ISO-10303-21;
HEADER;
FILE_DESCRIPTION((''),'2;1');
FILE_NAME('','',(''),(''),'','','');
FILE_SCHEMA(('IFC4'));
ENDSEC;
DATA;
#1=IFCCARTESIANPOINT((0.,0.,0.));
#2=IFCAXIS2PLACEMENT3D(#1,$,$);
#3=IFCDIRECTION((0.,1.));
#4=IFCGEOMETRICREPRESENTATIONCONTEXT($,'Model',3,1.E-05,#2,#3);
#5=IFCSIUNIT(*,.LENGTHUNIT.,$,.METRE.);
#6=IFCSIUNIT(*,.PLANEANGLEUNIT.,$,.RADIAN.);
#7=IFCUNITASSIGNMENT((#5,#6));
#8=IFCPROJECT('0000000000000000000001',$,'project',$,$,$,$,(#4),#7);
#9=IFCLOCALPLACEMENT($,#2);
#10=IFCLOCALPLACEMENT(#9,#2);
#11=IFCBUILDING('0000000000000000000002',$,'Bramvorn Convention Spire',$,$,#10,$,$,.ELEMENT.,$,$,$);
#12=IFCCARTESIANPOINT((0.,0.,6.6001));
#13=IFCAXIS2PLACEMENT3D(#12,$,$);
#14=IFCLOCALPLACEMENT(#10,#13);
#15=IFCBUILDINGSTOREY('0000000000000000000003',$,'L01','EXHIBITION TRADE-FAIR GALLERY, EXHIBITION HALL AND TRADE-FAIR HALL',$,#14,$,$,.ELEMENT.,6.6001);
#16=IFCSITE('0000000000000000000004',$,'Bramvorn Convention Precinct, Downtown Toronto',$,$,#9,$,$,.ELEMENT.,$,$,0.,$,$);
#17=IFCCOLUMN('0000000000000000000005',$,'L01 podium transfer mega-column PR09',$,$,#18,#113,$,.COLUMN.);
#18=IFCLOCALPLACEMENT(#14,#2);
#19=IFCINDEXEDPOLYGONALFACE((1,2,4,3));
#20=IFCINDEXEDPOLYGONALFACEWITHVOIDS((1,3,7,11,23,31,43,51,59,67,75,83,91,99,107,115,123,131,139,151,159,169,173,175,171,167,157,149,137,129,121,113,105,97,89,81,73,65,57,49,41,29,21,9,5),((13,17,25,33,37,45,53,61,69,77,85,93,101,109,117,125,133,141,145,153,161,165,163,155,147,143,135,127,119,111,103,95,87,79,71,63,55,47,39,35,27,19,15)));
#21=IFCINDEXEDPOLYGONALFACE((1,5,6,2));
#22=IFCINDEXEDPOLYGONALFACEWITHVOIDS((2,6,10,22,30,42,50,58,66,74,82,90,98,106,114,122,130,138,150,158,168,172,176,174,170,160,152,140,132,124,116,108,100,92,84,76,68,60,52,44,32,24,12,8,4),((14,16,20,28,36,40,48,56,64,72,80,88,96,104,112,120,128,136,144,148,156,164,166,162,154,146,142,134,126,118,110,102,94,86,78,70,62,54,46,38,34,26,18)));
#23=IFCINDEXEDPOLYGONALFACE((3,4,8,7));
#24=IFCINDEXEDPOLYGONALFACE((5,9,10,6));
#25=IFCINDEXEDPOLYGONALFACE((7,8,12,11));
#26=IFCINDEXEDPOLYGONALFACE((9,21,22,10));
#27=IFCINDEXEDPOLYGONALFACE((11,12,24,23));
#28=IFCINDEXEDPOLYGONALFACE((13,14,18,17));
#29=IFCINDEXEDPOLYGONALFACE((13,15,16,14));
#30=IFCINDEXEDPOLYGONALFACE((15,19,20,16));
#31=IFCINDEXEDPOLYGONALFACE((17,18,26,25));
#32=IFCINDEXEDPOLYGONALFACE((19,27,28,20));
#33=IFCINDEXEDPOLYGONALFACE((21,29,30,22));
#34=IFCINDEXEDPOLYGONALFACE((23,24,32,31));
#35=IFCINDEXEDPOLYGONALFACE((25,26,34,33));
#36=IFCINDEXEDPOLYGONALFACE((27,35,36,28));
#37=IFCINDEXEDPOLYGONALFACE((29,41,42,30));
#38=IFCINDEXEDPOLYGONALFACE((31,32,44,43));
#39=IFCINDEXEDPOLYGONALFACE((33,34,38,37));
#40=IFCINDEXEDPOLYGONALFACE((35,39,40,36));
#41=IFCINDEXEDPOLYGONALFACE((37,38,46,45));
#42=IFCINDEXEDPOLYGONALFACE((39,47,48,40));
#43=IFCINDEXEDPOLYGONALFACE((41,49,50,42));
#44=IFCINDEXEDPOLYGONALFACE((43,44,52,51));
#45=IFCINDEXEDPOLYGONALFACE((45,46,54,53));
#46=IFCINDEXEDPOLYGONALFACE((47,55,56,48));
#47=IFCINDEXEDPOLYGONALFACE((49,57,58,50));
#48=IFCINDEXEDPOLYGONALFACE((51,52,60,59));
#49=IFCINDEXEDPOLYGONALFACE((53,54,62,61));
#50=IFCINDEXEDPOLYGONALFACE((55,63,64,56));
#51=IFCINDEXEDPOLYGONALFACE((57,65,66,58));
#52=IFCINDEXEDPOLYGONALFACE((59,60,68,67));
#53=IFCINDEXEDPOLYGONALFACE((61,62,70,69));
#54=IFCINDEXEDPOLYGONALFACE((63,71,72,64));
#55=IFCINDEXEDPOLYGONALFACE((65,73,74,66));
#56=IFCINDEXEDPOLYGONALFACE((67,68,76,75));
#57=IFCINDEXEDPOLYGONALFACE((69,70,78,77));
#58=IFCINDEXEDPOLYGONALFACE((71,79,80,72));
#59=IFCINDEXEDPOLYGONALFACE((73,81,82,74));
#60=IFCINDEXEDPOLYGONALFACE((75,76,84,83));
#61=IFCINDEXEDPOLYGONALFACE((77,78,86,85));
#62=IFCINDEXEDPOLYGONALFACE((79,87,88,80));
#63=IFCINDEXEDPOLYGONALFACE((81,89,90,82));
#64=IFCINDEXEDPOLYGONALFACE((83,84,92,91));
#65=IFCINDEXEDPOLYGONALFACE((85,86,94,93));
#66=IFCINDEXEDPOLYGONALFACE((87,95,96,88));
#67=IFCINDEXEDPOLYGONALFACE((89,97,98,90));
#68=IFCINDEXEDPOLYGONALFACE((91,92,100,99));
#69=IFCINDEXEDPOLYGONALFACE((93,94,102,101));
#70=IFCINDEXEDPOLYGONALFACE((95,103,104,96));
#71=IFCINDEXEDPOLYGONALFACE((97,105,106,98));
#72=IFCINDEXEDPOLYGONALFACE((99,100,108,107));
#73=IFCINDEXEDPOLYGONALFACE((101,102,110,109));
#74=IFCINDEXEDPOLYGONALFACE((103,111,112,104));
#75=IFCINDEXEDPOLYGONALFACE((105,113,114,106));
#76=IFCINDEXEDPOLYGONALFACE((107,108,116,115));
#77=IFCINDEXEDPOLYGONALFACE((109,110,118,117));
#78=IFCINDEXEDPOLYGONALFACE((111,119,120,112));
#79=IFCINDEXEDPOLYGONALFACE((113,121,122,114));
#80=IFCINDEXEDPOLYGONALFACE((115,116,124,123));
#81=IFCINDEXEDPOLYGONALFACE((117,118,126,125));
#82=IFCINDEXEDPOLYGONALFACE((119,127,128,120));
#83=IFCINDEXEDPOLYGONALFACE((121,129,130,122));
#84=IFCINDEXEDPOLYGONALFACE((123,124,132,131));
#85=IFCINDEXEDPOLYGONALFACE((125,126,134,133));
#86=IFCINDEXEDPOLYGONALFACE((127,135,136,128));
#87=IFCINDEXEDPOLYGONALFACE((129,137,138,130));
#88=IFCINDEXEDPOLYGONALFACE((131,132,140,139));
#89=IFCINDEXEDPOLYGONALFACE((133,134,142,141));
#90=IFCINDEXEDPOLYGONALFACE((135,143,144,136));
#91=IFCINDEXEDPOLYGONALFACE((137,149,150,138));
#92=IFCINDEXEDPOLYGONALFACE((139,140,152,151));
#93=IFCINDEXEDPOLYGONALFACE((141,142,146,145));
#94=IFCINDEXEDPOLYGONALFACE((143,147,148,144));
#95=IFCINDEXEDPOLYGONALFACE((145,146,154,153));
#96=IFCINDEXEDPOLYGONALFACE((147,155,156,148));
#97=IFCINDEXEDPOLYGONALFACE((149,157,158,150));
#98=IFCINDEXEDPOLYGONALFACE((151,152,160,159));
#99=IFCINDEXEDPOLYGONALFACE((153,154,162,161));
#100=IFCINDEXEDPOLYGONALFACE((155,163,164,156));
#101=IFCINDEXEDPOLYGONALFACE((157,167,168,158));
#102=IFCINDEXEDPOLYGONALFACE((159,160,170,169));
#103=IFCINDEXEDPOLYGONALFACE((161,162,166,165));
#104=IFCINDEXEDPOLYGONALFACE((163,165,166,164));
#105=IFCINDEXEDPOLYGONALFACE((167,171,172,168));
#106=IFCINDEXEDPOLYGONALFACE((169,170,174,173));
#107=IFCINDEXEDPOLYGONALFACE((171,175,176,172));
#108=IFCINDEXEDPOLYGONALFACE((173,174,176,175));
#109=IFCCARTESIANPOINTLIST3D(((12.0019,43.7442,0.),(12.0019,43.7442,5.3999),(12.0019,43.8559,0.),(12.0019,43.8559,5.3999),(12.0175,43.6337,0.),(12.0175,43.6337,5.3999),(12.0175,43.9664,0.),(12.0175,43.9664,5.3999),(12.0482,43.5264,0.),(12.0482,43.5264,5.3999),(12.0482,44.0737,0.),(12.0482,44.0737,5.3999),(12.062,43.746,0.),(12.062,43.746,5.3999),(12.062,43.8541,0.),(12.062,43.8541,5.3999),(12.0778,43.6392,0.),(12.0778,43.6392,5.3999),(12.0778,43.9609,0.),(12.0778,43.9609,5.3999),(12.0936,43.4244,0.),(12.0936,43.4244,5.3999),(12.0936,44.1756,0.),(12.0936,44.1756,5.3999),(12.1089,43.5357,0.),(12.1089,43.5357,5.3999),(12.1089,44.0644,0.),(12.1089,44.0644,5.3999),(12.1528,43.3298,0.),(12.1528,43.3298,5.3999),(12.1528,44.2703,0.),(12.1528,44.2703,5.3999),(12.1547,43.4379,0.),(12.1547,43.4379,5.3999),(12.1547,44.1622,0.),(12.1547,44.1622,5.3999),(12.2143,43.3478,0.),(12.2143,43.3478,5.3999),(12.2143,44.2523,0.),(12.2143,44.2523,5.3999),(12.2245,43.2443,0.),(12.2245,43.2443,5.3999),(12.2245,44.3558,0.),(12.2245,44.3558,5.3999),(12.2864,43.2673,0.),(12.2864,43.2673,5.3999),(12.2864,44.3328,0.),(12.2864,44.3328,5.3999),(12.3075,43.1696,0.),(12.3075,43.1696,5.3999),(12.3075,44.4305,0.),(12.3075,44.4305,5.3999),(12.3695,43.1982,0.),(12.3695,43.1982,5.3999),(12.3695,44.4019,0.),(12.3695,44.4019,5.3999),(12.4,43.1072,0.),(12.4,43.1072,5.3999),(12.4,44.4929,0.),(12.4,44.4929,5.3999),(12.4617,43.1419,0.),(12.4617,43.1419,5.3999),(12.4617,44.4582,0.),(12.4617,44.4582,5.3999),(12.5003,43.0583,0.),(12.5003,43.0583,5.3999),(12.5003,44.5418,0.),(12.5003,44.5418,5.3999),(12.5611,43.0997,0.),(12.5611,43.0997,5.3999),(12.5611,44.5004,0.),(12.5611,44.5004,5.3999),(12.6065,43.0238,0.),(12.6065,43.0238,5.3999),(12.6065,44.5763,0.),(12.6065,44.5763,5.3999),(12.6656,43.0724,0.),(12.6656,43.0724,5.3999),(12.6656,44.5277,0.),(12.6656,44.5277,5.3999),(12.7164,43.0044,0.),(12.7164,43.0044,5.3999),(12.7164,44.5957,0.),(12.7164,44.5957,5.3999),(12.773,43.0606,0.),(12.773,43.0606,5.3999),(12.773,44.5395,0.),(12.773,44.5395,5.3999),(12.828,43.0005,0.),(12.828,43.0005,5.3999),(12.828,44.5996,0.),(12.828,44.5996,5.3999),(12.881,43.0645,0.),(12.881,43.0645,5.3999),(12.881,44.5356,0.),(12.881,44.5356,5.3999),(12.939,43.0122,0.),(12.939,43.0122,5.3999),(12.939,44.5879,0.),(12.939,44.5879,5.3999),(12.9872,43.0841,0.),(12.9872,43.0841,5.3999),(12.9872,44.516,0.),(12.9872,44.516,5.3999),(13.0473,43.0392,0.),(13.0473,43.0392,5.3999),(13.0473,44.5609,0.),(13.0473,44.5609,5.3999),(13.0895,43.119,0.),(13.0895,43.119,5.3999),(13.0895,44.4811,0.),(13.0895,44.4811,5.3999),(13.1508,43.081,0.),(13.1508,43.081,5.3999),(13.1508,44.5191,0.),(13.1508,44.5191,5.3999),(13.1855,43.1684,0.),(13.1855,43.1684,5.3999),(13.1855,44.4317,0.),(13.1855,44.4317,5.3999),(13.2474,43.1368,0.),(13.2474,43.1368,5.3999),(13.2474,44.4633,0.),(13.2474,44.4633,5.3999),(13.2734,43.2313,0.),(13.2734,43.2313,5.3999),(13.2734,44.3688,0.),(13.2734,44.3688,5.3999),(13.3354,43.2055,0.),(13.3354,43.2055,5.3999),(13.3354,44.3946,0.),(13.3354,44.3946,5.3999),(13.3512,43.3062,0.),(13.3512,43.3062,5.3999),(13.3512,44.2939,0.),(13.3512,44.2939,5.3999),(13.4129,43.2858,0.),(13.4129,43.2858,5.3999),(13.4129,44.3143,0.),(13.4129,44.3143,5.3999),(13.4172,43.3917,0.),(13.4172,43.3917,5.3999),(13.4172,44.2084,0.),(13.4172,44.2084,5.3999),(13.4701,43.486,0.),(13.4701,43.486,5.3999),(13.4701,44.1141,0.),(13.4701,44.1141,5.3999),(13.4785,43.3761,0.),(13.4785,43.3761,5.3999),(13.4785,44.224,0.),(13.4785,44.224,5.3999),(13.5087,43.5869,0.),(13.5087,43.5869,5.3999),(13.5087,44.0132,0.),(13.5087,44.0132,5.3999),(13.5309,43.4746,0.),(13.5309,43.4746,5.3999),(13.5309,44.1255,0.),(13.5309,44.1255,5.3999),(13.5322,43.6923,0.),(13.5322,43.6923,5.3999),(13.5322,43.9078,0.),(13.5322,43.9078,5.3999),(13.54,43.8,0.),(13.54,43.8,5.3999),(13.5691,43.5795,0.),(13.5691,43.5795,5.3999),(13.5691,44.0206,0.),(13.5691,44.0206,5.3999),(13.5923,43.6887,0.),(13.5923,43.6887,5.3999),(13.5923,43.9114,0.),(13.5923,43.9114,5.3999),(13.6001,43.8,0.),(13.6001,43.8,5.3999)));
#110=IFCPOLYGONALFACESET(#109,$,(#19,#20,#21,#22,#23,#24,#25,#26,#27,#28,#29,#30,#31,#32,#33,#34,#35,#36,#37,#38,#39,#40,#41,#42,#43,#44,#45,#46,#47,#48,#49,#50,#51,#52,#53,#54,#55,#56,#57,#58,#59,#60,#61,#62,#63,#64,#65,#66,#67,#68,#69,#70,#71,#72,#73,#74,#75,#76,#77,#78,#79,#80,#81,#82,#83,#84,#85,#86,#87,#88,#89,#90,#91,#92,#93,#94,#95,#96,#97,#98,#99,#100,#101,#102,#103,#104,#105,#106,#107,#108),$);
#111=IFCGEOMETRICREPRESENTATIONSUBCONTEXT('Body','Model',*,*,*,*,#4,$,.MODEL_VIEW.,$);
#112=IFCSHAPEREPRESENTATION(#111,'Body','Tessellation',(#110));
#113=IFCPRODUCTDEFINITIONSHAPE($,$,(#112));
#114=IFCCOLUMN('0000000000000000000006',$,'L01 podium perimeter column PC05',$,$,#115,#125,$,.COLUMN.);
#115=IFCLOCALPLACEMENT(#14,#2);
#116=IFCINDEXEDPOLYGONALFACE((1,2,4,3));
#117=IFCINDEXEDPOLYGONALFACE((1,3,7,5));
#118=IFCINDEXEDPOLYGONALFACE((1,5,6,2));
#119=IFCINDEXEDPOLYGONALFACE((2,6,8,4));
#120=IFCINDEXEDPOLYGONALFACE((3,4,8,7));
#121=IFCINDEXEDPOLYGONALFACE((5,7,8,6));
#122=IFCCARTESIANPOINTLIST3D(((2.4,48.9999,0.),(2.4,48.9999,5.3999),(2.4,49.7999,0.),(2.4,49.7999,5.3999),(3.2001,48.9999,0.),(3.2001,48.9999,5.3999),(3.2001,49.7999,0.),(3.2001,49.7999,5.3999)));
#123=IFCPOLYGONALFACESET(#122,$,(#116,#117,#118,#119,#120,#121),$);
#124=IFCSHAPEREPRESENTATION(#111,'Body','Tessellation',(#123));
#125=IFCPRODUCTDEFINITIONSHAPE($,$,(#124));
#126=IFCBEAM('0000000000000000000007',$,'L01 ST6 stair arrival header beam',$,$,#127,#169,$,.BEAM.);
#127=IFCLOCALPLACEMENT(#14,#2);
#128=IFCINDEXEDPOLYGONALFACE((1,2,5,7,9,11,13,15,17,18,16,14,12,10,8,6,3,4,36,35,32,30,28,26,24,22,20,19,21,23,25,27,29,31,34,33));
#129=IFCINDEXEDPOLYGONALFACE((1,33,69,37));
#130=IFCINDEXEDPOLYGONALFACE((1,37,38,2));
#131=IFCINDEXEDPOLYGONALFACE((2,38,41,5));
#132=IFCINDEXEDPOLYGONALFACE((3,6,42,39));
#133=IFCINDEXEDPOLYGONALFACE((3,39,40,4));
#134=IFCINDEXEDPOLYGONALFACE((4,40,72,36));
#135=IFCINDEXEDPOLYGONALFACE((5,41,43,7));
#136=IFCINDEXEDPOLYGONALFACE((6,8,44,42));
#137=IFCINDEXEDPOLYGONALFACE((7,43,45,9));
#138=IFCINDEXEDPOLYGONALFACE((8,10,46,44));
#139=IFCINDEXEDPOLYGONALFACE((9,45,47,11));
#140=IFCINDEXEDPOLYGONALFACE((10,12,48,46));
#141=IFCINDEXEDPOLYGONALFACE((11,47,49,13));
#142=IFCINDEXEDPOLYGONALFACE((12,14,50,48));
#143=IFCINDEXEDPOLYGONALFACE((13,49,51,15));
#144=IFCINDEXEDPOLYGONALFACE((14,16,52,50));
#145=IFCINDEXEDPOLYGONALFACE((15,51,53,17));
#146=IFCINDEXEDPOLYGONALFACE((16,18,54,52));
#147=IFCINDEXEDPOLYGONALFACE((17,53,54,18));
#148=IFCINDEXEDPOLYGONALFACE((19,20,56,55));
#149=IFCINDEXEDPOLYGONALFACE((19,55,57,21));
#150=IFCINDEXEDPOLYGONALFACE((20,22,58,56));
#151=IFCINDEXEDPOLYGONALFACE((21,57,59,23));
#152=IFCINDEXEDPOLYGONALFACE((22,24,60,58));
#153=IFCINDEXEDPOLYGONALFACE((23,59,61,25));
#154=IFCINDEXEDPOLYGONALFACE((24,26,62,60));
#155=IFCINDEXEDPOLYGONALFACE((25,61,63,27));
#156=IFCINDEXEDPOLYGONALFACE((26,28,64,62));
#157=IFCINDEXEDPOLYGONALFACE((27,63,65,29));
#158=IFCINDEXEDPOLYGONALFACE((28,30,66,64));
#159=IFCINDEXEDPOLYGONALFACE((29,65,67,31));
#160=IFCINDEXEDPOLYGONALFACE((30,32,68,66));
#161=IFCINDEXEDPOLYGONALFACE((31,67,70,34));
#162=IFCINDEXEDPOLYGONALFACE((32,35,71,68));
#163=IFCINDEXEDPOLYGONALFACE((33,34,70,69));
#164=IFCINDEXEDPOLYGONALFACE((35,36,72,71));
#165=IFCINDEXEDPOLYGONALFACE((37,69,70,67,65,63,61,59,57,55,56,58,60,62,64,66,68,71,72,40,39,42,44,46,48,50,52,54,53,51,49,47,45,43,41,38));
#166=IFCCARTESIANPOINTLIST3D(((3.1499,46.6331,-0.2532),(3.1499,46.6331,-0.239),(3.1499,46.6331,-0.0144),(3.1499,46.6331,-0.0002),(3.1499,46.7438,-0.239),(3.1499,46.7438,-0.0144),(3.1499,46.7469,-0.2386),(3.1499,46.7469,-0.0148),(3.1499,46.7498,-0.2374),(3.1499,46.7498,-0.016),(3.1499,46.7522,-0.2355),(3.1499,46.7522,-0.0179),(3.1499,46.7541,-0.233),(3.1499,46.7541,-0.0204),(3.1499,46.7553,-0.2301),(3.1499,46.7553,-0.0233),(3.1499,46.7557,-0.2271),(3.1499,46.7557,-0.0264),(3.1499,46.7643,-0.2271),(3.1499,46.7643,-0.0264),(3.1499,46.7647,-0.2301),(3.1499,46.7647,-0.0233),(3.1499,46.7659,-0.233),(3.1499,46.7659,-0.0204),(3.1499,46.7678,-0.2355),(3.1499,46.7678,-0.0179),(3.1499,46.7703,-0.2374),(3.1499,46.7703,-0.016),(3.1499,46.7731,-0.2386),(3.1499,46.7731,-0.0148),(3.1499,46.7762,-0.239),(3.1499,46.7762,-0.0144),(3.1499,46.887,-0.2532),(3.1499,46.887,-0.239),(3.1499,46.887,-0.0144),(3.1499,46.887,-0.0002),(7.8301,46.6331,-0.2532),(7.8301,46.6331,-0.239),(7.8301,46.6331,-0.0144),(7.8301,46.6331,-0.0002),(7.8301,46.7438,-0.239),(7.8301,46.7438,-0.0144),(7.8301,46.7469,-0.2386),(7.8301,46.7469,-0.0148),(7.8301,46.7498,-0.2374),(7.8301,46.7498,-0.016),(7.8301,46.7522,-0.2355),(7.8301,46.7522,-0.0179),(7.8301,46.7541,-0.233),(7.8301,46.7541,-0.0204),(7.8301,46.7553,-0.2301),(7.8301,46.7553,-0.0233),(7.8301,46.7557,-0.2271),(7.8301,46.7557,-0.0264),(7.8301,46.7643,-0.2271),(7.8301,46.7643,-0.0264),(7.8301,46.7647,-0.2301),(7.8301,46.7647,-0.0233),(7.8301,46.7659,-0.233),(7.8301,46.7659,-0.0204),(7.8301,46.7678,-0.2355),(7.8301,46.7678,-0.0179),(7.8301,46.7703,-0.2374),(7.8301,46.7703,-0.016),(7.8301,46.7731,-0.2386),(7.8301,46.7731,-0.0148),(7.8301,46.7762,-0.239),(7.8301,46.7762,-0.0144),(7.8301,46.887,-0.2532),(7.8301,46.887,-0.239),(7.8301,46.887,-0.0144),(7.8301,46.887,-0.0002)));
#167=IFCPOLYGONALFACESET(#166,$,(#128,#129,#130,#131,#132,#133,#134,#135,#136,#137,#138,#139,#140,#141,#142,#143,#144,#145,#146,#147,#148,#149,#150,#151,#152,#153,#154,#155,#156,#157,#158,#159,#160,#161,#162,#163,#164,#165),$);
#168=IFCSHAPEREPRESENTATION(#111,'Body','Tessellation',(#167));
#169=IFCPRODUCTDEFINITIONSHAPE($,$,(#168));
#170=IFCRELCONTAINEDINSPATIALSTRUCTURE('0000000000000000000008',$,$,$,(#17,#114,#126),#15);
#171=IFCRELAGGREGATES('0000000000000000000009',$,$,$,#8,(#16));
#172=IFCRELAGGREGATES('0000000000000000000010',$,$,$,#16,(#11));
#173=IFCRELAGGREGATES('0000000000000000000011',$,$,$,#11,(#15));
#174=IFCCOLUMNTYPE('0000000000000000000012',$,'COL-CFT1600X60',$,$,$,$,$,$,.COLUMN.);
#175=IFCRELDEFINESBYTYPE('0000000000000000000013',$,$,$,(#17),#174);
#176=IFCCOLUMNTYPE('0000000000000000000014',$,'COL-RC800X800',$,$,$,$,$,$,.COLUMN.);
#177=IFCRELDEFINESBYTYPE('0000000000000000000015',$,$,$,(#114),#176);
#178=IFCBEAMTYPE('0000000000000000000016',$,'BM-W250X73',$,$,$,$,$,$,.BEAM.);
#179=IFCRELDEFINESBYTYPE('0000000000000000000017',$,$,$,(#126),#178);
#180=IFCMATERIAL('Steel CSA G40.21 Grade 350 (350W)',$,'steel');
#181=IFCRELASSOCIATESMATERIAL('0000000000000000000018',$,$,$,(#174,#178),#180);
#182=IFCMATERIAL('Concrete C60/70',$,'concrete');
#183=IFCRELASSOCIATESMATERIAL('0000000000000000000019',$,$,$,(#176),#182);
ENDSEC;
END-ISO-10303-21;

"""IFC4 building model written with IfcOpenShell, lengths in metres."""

from ifc_helpers import new_model, si_unit, direction, frame, origin, origin_2d, place, context, subcontext, project, spatial, rectangle, hollow_circle, i_section, extrude, material, material_profile, profile_set, type_object, element, save


model = new_model("IFC4")

# Units and contexts
model_context = context("Model", 3, precision=1e-05, world=origin(), true_north=direction((0.0, 1.0)))
body_context = subcontext(model_context, "Body", "Model", "MODEL_VIEW")
ifc_project = project(units=[si_unit("LENGTHUNIT", "METRE"), si_unit("PLANEANGLEUNIT", "RADIAN")], contexts=[model_context])

# Site, building, storey
site_placement = place(None, origin())
site = spatial("IfcSite", under=ifc_project, at=site_placement, Name="Bramvorn Convention Precinct, Downtown Toronto", CompositionType="ELEMENT", RefElevation=0.0)
building_placement = place(site_placement, origin())
building = spatial("IfcBuilding", under=site, at=building_placement, Name="Bramvorn Convention Spire", CompositionType="ELEMENT")
storey_placement = place(building_placement, frame((0.0, 0.0, 6.6001)))
storey = spatial("IfcBuildingStorey", under=building, at=storey_placement, Name="L01", Description="EXHIBITION TRADE-FAIR GALLERY, EXHIBITION HALL AND TRADE-FAIR HALL", CompositionType="ELEMENT", Elevation=6.6001)

# Columns
ifc_material_1 = material(Name="Steel CSA G40.21 Grade 350 (350W)", Category="steel")
ifc_material_profile_1 = material_profile(ifc_material_1, hollow_circle(Radius=0.8, WallThickness=0.0601, at=origin_2d()))
ifc_profile_set_1 = profile_set([ifc_material_profile_1], Name="Steel CSA G40.21 Grade 350 (350W) - CFT1600X60")
column_type_1 = type_object("IfcColumnType", Name="COL-CFT1600X60", PredefinedType="COLUMN", material=ifc_profile_set_1)
column_1_placement = place(storey_placement, frame((12.8, 43.8, 0.0), z_axis=(0.0, 0.0, 1.0), x_axis=(1.0, 0.0, 0.0)))
element("IfcColumn", 1, at=column_1_placement, inside=storey, type_object=column_type_1, Name="L01 podium transfer mega-column PR09", PredefinedType="COLUMN", context=body_context, shape_type="SweptSolid", body=[
    extrude(hollow_circle(Radius=0.8, WallThickness=0.0601, at=origin_2d()), origin(), (0.0, 0.0, 1.0), 5.3999),
])
ifc_material_2 = material(Name="Concrete C60/70", Category="concrete")
ifc_material_profile_2 = material_profile(ifc_material_2, rectangle(XDim=0.8, YDim=0.8, at=origin_2d()))
ifc_profile_set_2 = profile_set([ifc_material_profile_2], Name="Concrete C60/70 - RC800X800")
column_type_2 = type_object("IfcColumnType", Name="COL-RC800X800", PredefinedType="COLUMN", material=ifc_profile_set_2)
column_2_placement = place(storey_placement, frame((2.8, 49.3999, 0.0), z_axis=(0.0, 0.0, 1.0), x_axis=(1.0, 0.0, 0.0)))
element("IfcColumn", 2, at=column_2_placement, inside=storey, type_object=column_type_2, Name="L01 podium perimeter column PC05", PredefinedType="COLUMN", context=body_context, shape_type="SweptSolid", body=[
    extrude(rectangle(XDim=0.8, YDim=0.8, at=origin_2d()), origin(), (0.0, 0.0, 1.0), 5.3999),
])

# Beam
ifc_material_profile_3 = material_profile(ifc_material_1, i_section(OverallWidth=0.2539, OverallDepth=0.2529, WebThickness=0.0085, FlangeThickness=0.0142, FilletRadius=0.012, at=origin_2d()))
ifc_profile_set_3 = profile_set([ifc_material_profile_3], Name="Steel CSA G40.21 Grade 350 (350W) - W250X73")
beam_type_1 = type_object("IfcBeamType", Name="BM-W250X73", PredefinedType="BEAM", material=ifc_profile_set_3)
beam_1_placement = place(storey_placement, frame((3.1499, 46.76, -0.1267), z_axis=(1.0, 0.0, 0.0), x_axis=(0.0, 1.0, 0.0)))
element("IfcBeam", 3, at=beam_1_placement, inside=storey, type_object=beam_type_1, Name="L01 ST6 stair arrival header beam", PredefinedType="BEAM", context=body_context, shape_type="SweptSolid", body=[
    extrude(i_section(OverallWidth=0.2539, OverallDepth=0.2529, WebThickness=0.0085, FlangeThickness=0.0142, FilletRadius=0.012, at=origin_2d()), origin(), (0.0, 0.0, 1.0), 4.6802),
])

save(model, "model.ifc")
